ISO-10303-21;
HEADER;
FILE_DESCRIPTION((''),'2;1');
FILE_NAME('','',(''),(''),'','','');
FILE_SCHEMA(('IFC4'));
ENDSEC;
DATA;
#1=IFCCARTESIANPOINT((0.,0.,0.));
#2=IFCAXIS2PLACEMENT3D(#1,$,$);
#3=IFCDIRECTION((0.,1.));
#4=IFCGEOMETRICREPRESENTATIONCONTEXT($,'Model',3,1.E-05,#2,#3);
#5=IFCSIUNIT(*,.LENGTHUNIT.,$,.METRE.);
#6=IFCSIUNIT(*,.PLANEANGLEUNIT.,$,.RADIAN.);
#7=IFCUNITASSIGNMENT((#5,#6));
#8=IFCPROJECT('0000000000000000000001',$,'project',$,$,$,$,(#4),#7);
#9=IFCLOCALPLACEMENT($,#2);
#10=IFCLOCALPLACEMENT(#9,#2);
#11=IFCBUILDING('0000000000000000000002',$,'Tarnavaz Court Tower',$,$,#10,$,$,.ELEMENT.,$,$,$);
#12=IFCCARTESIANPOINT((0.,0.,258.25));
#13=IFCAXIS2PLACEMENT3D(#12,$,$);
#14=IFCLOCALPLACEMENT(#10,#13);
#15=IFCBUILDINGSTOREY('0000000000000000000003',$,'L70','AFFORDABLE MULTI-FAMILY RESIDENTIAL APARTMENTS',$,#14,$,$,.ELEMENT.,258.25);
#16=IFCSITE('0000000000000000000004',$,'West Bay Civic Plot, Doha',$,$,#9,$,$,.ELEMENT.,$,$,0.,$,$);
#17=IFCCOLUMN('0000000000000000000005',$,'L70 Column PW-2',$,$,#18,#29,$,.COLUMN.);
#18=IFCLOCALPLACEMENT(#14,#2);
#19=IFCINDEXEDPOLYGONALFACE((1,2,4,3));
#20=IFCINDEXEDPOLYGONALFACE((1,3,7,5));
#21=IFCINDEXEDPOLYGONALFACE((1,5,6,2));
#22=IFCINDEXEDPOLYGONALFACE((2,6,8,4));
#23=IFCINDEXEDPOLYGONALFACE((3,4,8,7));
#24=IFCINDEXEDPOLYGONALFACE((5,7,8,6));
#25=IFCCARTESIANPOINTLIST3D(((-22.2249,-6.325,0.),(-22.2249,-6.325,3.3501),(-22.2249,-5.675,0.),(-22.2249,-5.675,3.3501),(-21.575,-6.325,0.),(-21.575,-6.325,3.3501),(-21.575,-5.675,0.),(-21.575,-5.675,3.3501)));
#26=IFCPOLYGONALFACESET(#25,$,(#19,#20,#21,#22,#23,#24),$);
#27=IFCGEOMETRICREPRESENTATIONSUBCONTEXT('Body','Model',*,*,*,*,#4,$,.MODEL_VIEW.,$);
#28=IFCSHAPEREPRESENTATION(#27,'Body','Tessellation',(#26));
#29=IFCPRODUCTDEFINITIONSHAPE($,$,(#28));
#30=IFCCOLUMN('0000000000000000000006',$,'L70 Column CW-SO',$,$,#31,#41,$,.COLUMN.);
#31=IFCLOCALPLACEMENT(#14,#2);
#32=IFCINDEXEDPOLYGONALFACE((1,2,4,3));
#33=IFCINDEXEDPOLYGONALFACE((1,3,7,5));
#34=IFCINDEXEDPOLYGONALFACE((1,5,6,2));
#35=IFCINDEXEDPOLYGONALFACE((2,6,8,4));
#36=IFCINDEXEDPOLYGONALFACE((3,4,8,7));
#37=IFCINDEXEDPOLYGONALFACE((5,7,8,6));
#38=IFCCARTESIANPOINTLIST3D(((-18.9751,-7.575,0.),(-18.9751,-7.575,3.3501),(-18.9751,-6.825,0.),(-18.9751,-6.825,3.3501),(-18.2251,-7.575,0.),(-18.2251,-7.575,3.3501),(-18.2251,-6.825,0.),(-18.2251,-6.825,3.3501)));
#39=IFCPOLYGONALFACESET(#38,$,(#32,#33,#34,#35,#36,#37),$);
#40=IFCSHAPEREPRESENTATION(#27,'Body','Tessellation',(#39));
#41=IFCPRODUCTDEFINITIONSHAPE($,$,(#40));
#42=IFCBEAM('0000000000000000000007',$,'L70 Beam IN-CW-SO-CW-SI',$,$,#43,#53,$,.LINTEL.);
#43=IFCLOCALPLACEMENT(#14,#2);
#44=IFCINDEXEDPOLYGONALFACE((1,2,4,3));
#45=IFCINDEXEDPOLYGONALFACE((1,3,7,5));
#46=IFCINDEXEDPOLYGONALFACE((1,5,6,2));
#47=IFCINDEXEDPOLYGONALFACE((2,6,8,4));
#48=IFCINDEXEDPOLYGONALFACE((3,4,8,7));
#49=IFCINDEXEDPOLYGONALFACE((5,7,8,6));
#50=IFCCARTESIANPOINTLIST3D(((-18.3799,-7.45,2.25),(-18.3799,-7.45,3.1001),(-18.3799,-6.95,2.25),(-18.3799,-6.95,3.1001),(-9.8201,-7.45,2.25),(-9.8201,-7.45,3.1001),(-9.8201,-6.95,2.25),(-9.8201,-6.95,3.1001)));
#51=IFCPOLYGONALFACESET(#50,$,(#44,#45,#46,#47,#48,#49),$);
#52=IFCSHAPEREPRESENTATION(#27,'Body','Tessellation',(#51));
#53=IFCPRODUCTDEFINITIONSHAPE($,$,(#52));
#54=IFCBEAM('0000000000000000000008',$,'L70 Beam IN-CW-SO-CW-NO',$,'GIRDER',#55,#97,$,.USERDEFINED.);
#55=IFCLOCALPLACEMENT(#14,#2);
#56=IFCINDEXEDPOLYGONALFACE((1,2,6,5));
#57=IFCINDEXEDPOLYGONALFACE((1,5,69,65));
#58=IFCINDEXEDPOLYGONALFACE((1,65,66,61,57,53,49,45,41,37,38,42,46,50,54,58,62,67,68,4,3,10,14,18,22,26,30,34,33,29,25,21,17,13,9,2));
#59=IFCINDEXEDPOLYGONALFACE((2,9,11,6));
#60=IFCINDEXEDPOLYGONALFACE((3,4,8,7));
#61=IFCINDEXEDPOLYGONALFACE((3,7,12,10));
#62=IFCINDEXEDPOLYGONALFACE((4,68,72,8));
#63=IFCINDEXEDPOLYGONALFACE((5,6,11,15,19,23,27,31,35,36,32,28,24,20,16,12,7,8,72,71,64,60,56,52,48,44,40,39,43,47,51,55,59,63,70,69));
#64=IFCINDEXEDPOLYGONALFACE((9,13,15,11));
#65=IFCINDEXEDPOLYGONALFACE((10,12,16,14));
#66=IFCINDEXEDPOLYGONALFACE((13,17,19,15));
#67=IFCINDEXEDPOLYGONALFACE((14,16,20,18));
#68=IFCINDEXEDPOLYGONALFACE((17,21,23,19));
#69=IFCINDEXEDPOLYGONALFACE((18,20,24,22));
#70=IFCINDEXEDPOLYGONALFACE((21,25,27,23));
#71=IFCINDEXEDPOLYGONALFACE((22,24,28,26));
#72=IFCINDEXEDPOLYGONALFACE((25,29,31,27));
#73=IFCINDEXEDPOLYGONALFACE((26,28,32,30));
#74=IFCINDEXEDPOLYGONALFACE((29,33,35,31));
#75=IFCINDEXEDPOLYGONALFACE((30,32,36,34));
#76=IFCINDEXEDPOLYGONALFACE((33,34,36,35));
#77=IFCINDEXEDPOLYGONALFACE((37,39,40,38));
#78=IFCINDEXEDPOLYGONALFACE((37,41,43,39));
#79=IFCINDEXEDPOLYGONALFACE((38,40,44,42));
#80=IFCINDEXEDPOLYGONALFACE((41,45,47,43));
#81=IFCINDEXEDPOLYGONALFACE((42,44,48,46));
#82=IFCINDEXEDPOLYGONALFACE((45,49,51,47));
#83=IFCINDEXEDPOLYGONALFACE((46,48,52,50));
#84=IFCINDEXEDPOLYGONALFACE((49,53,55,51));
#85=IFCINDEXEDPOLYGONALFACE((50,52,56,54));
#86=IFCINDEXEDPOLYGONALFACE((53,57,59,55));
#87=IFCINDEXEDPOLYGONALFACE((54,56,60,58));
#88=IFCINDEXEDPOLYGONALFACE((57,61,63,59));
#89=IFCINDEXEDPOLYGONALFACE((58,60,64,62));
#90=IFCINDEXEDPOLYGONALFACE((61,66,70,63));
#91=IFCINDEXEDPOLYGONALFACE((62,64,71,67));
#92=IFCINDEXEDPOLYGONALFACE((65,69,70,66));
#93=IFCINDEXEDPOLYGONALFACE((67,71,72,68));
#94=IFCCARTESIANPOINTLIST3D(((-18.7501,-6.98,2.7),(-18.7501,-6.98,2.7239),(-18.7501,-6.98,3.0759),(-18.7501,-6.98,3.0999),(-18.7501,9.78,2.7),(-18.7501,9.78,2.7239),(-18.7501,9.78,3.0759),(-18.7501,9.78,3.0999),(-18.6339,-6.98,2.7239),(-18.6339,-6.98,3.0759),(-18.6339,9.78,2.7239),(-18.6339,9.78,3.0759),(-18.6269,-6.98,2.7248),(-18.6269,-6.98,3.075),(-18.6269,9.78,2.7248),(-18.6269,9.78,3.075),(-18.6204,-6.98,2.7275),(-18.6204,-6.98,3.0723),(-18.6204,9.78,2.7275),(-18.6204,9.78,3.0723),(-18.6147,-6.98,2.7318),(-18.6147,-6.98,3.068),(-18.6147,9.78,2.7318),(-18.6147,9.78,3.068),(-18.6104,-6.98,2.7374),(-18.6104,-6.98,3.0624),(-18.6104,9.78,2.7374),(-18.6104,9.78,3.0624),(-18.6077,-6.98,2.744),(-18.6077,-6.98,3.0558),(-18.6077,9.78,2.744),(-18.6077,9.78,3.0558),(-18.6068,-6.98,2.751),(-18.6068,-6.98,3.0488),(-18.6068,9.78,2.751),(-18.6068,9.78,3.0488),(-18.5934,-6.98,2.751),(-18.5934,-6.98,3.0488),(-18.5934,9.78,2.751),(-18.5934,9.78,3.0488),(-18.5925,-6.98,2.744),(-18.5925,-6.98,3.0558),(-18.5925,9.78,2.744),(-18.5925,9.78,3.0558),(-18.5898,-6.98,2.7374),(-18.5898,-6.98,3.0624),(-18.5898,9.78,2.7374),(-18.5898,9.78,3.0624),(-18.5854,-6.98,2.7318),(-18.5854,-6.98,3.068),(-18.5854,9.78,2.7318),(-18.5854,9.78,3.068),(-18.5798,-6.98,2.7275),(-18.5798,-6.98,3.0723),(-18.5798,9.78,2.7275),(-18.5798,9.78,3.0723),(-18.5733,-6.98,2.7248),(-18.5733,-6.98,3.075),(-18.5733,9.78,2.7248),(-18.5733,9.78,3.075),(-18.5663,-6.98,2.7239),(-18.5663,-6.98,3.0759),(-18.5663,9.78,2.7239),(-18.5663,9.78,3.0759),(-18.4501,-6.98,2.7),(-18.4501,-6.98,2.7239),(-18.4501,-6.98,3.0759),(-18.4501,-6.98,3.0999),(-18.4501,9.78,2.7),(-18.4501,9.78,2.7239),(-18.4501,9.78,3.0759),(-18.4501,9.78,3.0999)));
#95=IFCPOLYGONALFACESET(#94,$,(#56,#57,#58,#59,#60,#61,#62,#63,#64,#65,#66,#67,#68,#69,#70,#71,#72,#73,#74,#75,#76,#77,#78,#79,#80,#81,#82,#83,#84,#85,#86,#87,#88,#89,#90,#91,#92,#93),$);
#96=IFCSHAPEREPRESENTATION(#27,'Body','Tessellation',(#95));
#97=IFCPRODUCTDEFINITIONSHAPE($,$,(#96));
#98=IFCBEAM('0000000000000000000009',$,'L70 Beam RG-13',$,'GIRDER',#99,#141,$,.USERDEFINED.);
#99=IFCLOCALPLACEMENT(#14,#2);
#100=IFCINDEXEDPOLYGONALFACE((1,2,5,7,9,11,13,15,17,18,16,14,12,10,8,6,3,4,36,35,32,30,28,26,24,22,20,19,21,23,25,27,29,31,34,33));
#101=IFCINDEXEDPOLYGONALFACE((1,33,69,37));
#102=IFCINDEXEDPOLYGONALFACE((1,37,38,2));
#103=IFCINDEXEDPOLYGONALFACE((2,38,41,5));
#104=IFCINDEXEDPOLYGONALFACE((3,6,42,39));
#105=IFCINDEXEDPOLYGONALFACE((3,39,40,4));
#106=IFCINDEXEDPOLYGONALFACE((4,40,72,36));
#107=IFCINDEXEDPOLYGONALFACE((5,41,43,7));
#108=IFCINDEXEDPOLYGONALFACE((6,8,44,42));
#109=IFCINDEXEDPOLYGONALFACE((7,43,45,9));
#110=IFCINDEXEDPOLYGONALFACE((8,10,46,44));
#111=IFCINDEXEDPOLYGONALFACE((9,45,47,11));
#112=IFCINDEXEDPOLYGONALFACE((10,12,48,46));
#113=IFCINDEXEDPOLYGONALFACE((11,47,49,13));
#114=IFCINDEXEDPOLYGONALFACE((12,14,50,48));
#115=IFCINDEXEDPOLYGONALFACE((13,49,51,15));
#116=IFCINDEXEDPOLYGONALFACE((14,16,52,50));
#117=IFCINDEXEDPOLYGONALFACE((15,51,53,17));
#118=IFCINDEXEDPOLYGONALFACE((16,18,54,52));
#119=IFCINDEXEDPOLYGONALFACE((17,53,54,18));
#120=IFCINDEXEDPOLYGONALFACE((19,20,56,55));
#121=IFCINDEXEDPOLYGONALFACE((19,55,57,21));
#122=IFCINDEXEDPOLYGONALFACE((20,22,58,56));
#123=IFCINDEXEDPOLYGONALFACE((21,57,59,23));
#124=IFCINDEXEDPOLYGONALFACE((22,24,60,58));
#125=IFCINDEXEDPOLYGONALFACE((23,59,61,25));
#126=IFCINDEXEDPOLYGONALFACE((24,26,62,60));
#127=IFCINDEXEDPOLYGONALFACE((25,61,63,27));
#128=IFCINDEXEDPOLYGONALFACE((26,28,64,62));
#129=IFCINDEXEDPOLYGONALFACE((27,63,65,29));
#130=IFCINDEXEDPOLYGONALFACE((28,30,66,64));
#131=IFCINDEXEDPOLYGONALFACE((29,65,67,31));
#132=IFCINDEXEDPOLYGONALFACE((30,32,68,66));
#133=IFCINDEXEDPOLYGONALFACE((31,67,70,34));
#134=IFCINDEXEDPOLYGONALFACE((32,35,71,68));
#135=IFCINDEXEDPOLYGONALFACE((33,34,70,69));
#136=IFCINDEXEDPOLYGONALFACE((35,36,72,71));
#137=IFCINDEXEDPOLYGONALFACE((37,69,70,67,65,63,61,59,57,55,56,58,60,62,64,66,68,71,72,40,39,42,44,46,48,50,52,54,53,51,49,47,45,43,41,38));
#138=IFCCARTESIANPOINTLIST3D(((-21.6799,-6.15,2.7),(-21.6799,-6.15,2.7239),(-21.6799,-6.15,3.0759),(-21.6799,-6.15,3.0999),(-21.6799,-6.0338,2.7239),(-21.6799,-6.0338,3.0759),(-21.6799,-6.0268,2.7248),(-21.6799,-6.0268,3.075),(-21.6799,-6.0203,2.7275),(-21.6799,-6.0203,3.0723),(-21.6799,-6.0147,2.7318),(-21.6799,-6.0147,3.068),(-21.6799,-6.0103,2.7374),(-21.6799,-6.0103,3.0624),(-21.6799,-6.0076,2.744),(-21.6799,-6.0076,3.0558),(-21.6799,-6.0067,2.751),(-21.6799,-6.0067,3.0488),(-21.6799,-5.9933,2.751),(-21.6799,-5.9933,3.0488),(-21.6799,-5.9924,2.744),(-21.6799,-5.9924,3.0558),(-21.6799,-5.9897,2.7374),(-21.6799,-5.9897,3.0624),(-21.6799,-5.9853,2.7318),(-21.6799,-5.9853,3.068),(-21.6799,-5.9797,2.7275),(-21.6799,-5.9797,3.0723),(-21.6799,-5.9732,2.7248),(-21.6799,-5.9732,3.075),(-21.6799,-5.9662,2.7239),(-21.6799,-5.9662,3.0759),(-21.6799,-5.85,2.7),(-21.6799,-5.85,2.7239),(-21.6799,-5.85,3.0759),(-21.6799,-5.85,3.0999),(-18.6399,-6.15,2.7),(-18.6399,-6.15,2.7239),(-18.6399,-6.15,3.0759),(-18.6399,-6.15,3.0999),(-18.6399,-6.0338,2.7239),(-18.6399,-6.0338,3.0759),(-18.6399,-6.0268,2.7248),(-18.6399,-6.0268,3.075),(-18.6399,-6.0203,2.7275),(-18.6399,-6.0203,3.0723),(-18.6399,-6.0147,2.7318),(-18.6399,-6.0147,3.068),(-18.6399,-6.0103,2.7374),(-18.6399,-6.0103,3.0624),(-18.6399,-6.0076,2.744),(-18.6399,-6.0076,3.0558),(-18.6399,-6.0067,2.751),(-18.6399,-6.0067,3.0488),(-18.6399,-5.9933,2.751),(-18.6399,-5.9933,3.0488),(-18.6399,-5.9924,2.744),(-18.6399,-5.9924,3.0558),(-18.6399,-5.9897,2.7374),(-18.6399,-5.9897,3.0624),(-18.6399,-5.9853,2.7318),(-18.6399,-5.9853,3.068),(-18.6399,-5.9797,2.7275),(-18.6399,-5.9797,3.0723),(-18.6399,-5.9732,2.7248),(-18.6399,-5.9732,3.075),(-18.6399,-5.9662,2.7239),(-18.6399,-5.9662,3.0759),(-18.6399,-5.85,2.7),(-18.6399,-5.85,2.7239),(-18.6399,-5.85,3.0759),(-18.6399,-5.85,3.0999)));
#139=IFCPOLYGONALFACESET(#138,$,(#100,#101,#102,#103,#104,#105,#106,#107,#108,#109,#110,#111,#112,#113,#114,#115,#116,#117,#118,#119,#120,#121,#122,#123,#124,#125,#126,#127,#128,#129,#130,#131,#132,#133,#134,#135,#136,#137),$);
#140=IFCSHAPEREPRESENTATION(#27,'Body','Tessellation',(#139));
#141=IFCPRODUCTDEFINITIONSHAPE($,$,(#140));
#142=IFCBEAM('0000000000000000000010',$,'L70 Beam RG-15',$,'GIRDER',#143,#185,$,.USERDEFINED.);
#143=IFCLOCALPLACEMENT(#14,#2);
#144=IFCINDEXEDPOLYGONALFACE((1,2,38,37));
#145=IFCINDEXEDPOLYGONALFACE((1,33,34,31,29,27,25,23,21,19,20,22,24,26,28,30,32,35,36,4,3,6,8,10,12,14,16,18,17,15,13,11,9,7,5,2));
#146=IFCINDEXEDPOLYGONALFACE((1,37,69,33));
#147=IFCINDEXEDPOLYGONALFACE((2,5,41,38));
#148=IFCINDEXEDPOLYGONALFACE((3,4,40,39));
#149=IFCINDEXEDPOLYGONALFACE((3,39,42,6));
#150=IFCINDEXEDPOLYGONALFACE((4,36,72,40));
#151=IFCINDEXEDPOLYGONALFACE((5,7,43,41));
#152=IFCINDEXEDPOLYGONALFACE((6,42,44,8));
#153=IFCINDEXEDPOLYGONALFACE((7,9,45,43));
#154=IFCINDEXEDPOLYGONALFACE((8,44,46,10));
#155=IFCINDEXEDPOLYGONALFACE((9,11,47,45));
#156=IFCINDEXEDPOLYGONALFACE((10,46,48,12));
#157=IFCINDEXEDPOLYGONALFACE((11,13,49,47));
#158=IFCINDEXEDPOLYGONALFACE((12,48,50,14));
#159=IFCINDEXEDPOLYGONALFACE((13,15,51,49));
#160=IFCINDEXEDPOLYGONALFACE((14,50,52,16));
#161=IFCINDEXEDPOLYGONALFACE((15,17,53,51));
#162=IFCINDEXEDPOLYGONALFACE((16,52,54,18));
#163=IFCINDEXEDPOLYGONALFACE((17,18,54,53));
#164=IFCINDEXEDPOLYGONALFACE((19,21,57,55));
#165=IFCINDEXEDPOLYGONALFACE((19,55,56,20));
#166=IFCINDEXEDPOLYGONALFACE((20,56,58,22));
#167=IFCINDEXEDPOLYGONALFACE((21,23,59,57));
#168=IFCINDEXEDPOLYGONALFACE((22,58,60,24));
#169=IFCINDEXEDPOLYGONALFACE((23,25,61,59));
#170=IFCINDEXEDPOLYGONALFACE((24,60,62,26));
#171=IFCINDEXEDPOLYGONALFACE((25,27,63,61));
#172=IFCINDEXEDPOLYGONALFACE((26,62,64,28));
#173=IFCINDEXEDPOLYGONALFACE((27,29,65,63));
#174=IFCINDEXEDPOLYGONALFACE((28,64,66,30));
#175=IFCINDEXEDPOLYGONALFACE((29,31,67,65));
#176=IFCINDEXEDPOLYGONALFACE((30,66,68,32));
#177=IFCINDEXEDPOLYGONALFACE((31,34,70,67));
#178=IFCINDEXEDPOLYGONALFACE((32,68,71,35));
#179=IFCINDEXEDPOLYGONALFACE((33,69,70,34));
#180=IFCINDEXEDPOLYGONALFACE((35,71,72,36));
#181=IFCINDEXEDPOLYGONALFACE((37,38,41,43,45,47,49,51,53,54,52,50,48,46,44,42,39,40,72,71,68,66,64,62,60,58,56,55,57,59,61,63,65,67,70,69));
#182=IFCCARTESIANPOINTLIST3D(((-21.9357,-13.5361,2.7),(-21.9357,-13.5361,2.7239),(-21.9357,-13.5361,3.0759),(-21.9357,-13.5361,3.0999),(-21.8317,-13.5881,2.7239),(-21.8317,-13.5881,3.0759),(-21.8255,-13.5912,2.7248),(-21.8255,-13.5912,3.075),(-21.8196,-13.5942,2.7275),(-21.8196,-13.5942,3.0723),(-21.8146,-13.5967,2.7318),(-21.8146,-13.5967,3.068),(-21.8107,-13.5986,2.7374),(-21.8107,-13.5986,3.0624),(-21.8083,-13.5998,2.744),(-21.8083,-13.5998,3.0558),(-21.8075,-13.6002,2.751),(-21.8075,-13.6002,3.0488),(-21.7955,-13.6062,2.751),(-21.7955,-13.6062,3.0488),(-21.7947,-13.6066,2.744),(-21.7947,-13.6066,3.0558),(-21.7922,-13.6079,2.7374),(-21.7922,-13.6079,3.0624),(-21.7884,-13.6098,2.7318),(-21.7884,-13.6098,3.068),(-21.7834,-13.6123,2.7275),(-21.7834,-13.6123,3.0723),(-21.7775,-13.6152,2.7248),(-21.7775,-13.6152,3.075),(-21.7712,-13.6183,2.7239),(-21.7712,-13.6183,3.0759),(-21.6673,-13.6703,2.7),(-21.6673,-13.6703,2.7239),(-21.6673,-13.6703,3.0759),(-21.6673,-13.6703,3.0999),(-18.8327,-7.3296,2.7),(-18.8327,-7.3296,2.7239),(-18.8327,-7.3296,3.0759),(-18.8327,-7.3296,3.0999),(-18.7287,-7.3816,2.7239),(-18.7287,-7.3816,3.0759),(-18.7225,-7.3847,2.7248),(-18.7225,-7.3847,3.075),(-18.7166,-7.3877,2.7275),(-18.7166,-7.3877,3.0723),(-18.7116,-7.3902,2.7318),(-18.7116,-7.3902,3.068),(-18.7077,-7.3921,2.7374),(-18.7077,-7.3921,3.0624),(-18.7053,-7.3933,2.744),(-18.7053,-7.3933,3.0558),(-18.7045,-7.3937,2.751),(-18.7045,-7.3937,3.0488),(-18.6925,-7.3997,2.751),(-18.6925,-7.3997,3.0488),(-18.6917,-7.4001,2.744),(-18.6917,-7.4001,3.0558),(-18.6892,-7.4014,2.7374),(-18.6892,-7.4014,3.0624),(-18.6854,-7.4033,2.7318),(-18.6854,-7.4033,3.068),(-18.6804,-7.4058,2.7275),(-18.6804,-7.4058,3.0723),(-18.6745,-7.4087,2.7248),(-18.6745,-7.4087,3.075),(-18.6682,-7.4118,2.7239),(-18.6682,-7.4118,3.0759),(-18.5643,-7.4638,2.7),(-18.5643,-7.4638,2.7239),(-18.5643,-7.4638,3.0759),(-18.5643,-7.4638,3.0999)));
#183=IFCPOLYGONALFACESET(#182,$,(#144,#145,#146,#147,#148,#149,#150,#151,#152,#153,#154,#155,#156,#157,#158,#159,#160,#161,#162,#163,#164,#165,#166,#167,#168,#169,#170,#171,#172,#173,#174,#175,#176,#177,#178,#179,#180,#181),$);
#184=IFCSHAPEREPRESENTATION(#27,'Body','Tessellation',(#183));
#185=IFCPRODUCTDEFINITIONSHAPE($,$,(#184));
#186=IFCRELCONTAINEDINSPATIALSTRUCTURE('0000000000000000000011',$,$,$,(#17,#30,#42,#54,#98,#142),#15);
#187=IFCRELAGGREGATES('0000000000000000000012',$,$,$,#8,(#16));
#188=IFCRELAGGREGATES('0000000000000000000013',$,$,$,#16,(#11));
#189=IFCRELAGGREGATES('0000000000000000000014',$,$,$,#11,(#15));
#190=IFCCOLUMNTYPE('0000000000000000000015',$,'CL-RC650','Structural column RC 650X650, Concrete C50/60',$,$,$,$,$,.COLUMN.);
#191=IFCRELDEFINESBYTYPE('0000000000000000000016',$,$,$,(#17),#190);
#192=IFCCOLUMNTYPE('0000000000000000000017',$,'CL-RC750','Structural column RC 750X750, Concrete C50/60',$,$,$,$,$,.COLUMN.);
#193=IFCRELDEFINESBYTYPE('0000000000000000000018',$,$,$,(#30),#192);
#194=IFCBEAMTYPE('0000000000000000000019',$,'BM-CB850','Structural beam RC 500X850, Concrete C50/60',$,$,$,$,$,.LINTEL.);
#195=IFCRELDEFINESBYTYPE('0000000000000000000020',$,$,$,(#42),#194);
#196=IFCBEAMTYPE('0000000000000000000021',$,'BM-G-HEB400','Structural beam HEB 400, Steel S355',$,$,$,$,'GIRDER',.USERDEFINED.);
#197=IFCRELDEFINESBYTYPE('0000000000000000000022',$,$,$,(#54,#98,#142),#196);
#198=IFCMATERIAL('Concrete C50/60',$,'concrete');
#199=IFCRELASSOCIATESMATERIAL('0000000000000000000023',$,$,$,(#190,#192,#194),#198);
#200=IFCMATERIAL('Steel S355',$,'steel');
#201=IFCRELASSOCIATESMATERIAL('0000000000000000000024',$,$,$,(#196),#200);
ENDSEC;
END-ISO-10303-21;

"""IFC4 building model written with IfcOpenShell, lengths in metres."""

from ifc_helpers import new_model, si_unit, direction, frame, origin, origin_2d, place, context, subcontext, project, spatial, rectangle, i_section, extrude, material, material_profile, profile_set, type_object, element, save


model = new_model("IFC4")

# Units and contexts
model_context = context("Model", 3, precision=1e-05, world=origin(), true_north=direction((0.0, 1.0)))
body_context = subcontext(model_context, "Body", "Model", "MODEL_VIEW")
ifc_project = project(units=[si_unit("LENGTHUNIT", "METRE"), si_unit("PLANEANGLEUNIT", "RADIAN")], contexts=[model_context])

# Site, building, storey
site_placement = place(None, origin())
site = spatial("IfcSite", under=ifc_project, at=site_placement, Name="West Bay Civic Plot, Doha", CompositionType="ELEMENT", RefElevation=0.0)
building_placement = place(site_placement, origin())
building = spatial("IfcBuilding", under=site, at=building_placement, Name="Tarnavaz Court Tower", CompositionType="ELEMENT")
storey_placement = place(building_placement, frame((0.0, 0.0, 258.25)))
storey = spatial("IfcBuildingStorey", under=building, at=storey_placement, Name="L70", Description="AFFORDABLE MULTI-FAMILY RESIDENTIAL APARTMENTS", CompositionType="ELEMENT", Elevation=258.25)

# Columns
ifc_material_1 = material(Name="Concrete C50/60", Category="concrete")
ifc_material_profile_1 = material_profile(ifc_material_1, rectangle(XDim=0.6499, YDim=0.6499, at=origin_2d()), Name="RC 650X650")
ifc_profile_set_1 = profile_set([ifc_material_profile_1], Name="Concrete C50/60")
column_type_1 = type_object("IfcColumnType", Name="CL-RC650", Description="Structural column RC 650X650, Concrete C50/60", PredefinedType="COLUMN", material=ifc_profile_set_1)
column_1_placement = place(storey_placement, frame((-21.8999, -6.0, 0.0), z_axis=(0.0, 0.0, 1.0), x_axis=(1.0, 0.0, 0.0)))
element("IfcColumn", 1, at=column_1_placement, inside=storey, type_object=column_type_1, Name="L70 Column PW-2", PredefinedType="COLUMN", context=body_context, shape_type="SweptSolid", body=[
    extrude(rectangle(XDim=0.6499, YDim=0.6499, at=origin_2d()), origin(), (0.0, 0.0, 1.0), 3.3501),
])
ifc_material_profile_2 = material_profile(ifc_material_1, rectangle(XDim=0.75, YDim=0.75, at=origin_2d()), Name="RC 750X750")
ifc_profile_set_2 = profile_set([ifc_material_profile_2], Name="Concrete C50/60")
column_type_2 = type_object("IfcColumnType", Name="CL-RC750", Description="Structural column RC 750X750, Concrete C50/60", PredefinedType="COLUMN", material=ifc_profile_set_2)
column_2_placement = place(storey_placement, frame((-18.6001, -7.2, 0.0), z_axis=(0.0, 0.0, 1.0), x_axis=(1.0, 0.0, 0.0)))
element("IfcColumn", 2, at=column_2_placement, inside=storey, type_object=column_type_2, Name="L70 Column CW-SO", PredefinedType="COLUMN", context=body_context, shape_type="SweptSolid", body=[
    extrude(rectangle(XDim=0.75, YDim=0.75, at=origin_2d()), origin(), (0.0, 0.0, 1.0), 3.3501),
])

# Beams
ifc_material_profile_3 = material_profile(ifc_material_1, rectangle(XDim=0.5, YDim=0.8501, at=origin_2d()), Name="RC 500X850")
ifc_profile_set_3 = profile_set([ifc_material_profile_3], Name="Concrete C50/60")
beam_type_1 = type_object("IfcBeamType", Name="BM-CB850", Description="Structural beam RC 500X850, Concrete C50/60", PredefinedType="LINTEL", material=ifc_profile_set_3)
beam_1_placement = place(storey_placement, frame((-18.3799, -7.2, 2.675), z_axis=(1.0, 0.0, 0.0), x_axis=(0.0, 1.0, 0.0)))
element("IfcBeam", 3, at=beam_1_placement, inside=storey, type_object=beam_type_1, Name="L70 Beam IN-CW-SO-CW-SI", PredefinedType="LINTEL", context=body_context, shape_type="SweptSolid", body=[
    extrude(rectangle(XDim=0.5, YDim=0.8501, at=origin_2d()), origin(), (0.0, 0.0, 1.0), 8.5598),
])
ifc_material_2 = material(Name="Steel S355", Category="steel")
ifc_material_profile_4 = material_profile(ifc_material_2, i_section(OverallWidth=0.3, OverallDepth=0.3999, WebThickness=0.0134, FlangeThickness=0.0239, FilletRadius=0.0271, at=origin_2d()), Name="HEB 400")
ifc_profile_set_4 = profile_set([ifc_material_profile_4], Name="Steel S355")
beam_type_2 = type_object("IfcBeamType", Name="BM-G-HEB400", Description="Structural beam HEB 400, Steel S355", ElementType="GIRDER", PredefinedType="USERDEFINED", material=ifc_profile_set_4)
beam_2_placement = place(storey_placement, frame((-18.6001, -6.98, 2.8999), z_axis=(0.0, 1.0, 0.0), x_axis=(-1.0, 0.0, 0.0)))
element("IfcBeam", 4, at=beam_2_placement, inside=storey, type_object=beam_type_2, Name="L70 Beam IN-CW-SO-CW-NO", ObjectType="GIRDER", PredefinedType="USERDEFINED", context=body_context, shape_type="SweptSolid", body=[
    extrude(i_section(OverallWidth=0.3, OverallDepth=0.3999, WebThickness=0.0134, FlangeThickness=0.0239, FilletRadius=0.0271, at=origin_2d()), origin(), (0.0, 0.0, 1.0), 16.76),
])
beam_3_placement = place(storey_placement, frame((-18.6399, -6.0, 2.8999), z_axis=(-1.0, 0.0, 0.0), x_axis=(0.0, -1.0, 0.0)))
element("IfcBeam", 5, at=beam_3_placement, inside=storey, type_object=beam_type_2, Name="L70 Beam RG-13", ObjectType="GIRDER", PredefinedType="USERDEFINED", context=body_context, shape_type="SweptSolid", body=[
    extrude(i_section(OverallWidth=0.3, OverallDepth=0.3999, WebThickness=0.0134, FlangeThickness=0.0239, FilletRadius=0.0271, at=origin_2d()), origin(), (0.0, 0.0, 1.0), 3.04),
])
beam_4_placement = place(storey_placement, frame((-18.6985, -7.3967, 2.8999), z_axis=(-0.447185, -0.894441, 0.0), x_axis=(0.894441, -0.447185, 0.0)))
element("IfcBeam", 6, at=beam_4_placement, inside=storey, type_object=beam_type_2, Name="L70 Beam RG-15", ObjectType="GIRDER", PredefinedType="USERDEFINED", context=body_context, shape_type="SweptSolid", body=[
    extrude(i_section(OverallWidth=0.3, OverallDepth=0.3999, WebThickness=0.0134, FlangeThickness=0.0239, FilletRadius=0.0271, at=origin_2d()), origin(), (0.0, 0.0, 1.0), 6.939),
])

save(model, "model.ifc")
